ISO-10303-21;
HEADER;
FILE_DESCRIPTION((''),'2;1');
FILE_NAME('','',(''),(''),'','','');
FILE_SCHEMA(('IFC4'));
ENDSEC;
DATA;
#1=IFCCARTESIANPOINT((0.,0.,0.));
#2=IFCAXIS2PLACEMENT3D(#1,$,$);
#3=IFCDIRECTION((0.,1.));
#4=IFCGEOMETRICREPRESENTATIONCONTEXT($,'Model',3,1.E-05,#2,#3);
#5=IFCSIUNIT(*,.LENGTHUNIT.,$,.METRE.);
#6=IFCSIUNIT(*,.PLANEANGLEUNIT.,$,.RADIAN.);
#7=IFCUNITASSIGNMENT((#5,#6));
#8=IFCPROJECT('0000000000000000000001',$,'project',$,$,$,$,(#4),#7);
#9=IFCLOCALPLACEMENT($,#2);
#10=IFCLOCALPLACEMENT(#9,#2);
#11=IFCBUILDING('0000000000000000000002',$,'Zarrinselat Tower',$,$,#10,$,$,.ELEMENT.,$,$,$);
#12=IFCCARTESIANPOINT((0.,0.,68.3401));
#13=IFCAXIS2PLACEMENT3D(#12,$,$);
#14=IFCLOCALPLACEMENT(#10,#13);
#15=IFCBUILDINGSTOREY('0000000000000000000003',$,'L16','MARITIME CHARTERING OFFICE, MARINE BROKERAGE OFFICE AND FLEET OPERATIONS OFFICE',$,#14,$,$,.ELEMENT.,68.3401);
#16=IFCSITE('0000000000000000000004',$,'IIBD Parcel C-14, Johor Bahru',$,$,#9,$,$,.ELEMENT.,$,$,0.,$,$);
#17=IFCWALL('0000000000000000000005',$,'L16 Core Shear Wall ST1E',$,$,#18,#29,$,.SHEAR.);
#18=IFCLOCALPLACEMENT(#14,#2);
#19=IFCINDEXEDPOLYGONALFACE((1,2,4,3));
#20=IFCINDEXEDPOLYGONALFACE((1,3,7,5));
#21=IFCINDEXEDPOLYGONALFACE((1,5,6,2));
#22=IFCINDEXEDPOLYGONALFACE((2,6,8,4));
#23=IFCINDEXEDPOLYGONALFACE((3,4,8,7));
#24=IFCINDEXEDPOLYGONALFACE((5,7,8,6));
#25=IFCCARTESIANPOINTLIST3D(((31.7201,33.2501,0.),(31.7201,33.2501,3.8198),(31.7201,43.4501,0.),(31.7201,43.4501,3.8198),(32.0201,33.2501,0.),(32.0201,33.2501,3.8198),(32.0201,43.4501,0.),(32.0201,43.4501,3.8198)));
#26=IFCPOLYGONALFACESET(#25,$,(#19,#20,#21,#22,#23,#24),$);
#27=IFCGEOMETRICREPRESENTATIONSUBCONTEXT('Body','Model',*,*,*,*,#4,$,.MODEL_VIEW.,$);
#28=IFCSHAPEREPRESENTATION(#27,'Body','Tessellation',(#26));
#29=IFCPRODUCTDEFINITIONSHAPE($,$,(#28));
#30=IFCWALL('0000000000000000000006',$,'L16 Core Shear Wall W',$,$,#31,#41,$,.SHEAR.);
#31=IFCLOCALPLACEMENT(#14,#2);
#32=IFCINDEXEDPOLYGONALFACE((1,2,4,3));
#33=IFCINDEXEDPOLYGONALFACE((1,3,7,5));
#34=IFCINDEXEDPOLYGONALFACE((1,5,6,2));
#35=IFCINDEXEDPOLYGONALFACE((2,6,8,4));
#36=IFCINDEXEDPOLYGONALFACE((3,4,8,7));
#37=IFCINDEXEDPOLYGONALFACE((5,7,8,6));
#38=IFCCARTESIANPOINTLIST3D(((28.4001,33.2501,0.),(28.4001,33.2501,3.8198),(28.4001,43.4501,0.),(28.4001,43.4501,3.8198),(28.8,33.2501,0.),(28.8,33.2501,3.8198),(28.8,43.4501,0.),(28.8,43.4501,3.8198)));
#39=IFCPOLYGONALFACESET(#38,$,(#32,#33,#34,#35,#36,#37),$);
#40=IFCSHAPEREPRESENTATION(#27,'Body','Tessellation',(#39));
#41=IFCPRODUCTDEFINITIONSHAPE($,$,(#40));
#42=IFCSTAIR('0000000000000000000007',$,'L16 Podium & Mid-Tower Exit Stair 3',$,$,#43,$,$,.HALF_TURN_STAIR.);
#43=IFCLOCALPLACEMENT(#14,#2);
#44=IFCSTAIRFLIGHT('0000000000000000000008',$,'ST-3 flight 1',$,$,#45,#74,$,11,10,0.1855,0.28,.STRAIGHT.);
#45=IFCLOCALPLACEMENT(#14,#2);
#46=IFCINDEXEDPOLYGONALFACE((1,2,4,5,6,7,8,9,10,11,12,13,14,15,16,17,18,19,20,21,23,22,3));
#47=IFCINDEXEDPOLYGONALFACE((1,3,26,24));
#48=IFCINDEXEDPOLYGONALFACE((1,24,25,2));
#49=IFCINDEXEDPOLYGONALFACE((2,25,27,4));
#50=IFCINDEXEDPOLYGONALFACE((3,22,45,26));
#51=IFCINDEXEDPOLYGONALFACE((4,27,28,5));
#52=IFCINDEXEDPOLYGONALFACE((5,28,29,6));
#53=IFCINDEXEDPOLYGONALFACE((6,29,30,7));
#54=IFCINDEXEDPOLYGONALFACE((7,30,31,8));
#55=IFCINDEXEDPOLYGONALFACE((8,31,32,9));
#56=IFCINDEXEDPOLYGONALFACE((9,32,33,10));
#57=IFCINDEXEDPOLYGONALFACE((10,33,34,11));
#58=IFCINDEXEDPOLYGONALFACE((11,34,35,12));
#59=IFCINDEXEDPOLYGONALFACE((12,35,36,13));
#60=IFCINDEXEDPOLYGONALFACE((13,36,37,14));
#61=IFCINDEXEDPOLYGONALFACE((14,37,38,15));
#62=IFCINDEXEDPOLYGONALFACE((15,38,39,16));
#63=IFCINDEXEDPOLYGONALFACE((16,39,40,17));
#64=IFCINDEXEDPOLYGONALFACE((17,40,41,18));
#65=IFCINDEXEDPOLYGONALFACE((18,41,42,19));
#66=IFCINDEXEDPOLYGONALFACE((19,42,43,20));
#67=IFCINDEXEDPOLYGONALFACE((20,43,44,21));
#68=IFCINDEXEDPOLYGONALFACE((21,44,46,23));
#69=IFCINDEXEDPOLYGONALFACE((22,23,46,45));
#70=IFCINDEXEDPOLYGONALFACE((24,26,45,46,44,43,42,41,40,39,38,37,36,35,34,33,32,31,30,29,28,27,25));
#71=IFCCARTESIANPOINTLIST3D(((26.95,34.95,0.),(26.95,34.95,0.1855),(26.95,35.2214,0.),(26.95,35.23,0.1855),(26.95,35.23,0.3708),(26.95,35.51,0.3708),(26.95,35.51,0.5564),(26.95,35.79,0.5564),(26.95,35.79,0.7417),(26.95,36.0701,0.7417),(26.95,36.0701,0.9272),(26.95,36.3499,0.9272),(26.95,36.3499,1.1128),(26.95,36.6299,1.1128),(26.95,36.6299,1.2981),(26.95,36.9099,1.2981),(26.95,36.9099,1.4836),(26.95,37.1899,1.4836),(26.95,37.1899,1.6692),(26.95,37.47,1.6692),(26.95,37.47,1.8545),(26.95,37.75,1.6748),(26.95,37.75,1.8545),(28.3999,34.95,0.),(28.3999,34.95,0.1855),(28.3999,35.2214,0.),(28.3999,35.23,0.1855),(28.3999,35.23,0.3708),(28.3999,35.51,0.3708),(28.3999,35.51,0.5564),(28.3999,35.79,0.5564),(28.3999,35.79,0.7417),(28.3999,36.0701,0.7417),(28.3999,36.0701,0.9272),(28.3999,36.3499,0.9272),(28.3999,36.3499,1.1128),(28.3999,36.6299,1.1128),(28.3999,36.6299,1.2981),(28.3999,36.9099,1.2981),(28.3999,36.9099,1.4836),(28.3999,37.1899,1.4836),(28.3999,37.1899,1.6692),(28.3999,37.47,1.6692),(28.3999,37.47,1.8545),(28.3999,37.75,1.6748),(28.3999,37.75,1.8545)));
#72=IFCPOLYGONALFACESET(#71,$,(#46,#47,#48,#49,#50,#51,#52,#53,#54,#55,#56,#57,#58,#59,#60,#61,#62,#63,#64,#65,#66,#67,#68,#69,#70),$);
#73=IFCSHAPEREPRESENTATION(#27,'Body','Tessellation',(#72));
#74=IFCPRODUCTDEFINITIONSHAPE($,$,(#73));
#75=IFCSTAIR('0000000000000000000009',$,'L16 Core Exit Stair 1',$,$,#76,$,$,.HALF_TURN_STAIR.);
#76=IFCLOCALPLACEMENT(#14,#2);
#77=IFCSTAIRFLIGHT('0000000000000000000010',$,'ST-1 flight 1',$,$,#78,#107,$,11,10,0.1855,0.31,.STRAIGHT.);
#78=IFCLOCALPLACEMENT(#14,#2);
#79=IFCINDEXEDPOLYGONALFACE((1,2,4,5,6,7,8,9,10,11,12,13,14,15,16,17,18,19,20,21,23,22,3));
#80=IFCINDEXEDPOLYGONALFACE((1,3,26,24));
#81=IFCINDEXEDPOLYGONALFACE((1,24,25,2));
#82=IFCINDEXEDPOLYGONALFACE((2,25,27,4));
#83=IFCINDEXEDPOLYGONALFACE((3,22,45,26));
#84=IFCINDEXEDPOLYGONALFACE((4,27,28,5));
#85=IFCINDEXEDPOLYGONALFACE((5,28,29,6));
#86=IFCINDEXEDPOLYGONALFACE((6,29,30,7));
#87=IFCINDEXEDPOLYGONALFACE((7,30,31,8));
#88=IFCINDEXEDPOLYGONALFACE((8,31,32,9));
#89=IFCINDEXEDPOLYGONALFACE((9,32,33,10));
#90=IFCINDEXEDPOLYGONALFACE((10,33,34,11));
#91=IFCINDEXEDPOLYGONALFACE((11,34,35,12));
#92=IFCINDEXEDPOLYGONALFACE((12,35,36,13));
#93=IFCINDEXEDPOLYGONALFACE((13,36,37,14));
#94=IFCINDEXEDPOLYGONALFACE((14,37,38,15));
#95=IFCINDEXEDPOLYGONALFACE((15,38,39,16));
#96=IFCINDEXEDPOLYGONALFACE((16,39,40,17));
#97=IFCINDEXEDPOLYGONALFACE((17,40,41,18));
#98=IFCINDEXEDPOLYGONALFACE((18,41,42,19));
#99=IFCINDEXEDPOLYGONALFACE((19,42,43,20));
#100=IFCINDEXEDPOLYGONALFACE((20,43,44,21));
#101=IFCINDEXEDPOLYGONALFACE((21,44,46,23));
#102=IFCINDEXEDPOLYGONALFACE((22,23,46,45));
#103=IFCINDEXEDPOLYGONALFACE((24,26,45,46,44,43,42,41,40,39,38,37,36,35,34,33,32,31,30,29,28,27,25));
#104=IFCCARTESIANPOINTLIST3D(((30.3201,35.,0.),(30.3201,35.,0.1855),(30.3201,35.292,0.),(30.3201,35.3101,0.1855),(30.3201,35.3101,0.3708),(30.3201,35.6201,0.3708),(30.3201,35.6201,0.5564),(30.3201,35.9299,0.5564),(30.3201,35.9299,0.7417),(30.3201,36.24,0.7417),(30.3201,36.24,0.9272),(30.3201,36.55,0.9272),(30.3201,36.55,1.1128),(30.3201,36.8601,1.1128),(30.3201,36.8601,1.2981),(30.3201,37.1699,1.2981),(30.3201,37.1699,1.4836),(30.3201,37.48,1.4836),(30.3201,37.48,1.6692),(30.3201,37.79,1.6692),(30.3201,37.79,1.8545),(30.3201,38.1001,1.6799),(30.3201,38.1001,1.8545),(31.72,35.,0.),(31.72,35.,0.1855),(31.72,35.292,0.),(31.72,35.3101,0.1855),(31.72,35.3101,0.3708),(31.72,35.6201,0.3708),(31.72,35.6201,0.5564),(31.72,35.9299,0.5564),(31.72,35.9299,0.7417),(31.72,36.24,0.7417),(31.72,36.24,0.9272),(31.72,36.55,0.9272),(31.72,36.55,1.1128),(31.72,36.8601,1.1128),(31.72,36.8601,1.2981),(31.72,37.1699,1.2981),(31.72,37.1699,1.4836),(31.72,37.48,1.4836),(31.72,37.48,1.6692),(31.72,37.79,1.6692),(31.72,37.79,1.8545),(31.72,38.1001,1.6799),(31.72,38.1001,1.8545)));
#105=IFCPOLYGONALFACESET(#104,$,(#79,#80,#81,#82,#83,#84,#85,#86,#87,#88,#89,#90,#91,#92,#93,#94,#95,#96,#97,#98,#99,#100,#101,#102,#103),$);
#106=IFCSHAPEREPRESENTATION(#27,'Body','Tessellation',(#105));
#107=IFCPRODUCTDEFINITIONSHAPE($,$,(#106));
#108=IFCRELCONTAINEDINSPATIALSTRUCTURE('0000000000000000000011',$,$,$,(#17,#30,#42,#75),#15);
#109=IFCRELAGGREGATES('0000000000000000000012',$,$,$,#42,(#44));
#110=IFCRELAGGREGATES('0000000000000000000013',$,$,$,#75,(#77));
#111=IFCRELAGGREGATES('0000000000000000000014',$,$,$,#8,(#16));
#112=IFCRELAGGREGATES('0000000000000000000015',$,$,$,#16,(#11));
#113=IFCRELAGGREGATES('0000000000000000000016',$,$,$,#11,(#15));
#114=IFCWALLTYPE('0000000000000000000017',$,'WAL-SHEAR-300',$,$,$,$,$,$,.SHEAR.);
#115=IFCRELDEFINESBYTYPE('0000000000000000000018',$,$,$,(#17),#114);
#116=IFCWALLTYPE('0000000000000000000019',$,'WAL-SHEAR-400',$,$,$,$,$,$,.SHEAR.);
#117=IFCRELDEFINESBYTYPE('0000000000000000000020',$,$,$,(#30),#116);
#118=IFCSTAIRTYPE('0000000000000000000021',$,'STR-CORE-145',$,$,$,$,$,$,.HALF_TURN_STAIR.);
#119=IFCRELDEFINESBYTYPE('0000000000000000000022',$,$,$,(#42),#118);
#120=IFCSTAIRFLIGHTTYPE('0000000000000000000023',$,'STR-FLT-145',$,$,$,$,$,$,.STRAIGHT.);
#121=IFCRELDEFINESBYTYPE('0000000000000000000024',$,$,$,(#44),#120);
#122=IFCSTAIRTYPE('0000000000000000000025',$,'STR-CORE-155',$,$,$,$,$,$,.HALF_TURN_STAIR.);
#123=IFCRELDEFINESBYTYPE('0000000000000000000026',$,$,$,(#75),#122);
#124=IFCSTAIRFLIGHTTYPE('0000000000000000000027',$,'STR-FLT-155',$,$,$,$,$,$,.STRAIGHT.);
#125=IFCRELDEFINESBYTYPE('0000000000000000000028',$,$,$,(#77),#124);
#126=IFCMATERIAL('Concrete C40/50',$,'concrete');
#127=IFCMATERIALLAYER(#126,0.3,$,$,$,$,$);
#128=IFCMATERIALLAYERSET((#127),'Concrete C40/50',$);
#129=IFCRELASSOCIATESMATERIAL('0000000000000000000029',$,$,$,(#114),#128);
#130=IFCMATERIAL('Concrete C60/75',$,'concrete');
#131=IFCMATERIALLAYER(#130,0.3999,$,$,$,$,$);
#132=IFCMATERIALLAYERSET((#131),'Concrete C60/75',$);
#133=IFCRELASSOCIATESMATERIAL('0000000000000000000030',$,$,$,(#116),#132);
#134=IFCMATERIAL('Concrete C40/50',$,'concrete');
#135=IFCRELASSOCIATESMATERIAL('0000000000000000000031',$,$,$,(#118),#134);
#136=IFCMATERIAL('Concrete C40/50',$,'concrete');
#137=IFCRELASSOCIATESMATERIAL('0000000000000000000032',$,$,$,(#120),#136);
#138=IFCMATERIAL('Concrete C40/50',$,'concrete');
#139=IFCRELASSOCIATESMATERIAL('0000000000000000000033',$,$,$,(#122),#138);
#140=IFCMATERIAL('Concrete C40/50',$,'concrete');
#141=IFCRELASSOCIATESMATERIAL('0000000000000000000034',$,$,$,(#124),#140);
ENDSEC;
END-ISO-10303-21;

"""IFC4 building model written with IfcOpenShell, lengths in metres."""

from ifc_helpers import new_model, si_unit, direction, frame, frame_2d, origin, place, context, subcontext, project, spatial, polyline, rectangle, outline, extrude, material, layer, layer_set, type_object, element, aggregate, save


model = new_model("IFC4")

# Units and contexts
model_context = context("Model", 3, precision=1e-05, world=origin(), true_north=direction((0.0, 1.0)))
body_context = subcontext(model_context, "Body", "Model", "MODEL_VIEW")
ifc_project = project(units=[si_unit("LENGTHUNIT", "METRE"), si_unit("PLANEANGLEUNIT", "RADIAN")], contexts=[model_context])

# Site, building, storey
site_placement = place(None, origin())
site = spatial("IfcSite", under=ifc_project, at=site_placement, Name="IIBD Parcel C-14, Johor Bahru", CompositionType="ELEMENT", RefElevation=0.0)
building_placement = place(site_placement, origin())
building = spatial("IfcBuilding", under=site, at=building_placement, Name="Zarrinselat Tower", CompositionType="ELEMENT")
storey_placement = place(building_placement, frame((0.0, 0.0, 68.3401)))
storey = spatial("IfcBuildingStorey", under=building, at=storey_placement, Name="L16", Description="MARITIME CHARTERING OFFICE, MARINE BROKERAGE OFFICE AND FLEET OPERATIONS OFFICE", CompositionType="ELEMENT", Elevation=68.3401)

# Wall
ifc_material_1 = material(Name="Concrete C40/50", Category="concrete")
ifc_layer_1 = layer(ifc_material_1, 0.3)
ifc_layer_set_1 = layer_set([ifc_layer_1], Name="Concrete C40/50")
wall_type_1 = type_object("IfcWallType", Name="WAL-SHEAR-300", PredefinedType="SHEAR", material=ifc_layer_set_1)
wall_1_placement = place(storey_placement, frame((31.8701, 33.25, 0.0), z_axis=(0.0, 0.0, 1.0), x_axis=(0.0, 1.0, 0.0)))
element("IfcWall", 1, at=wall_1_placement, inside=storey, type_object=wall_type_1, Name="L16 Core Shear Wall ST1E", PredefinedType="SHEAR", context=body_context, shape_type="SweptSolid", body=[
    extrude(rectangle(XDim=10.2, YDim=0.3, at=frame_2d((5.1001, 0.0))), origin(), (0.0, 0.0, 1.0), 3.8198),
])

# Shared definitions
ifc_material_2 = material(Name="Concrete C60/75", Category="concrete")
ifc_layer_2 = layer(ifc_material_2, 0.3999)
ifc_layer_set_2 = layer_set([ifc_layer_2], Name="Concrete C60/75")
wall_type_2 = type_object("IfcWallType", Name="WAL-SHEAR-400", PredefinedType="SHEAR", material=ifc_layer_set_2)

# Wall
wall_2_placement = place(storey_placement, frame((28.6001, 33.25, 0.0), z_axis=(0.0, 0.0, 1.0), x_axis=(0.0, 1.0, 0.0)))
element("IfcWall", 2, at=wall_2_placement, inside=storey, type_object=wall_type_2, Name="L16 Core Shear Wall W", PredefinedType="SHEAR", context=body_context, shape_type="SweptSolid", body=[
    extrude(rectangle(XDim=10.2, YDim=0.3999, at=frame_2d((5.1001, 0.0))), origin(), (0.0, 0.0, 1.0), 3.8198),
])

# Stairs, stair flights
ifc_material_3 = material(Name="Concrete C40/50", Category="concrete")
stair_type_1 = type_object("IfcStairType", Name="STR-CORE-145", PredefinedType="HALF_TURN_STAIR", material=ifc_material_3)
stair_1_placement = place(storey_placement, origin())
stair_1 = element("IfcStair", 3, at=stair_1_placement, inside=storey, type_object=stair_type_1, Name="L16 Podium & Mid-Tower Exit Stair 3", PredefinedType="HALF_TURN_STAIR")
ifc_material_4 = material(Name="Concrete C40/50", Category="concrete")
stair_flight_type_1 = type_object("IfcStairFlightType", Name="STR-FLT-145", PredefinedType="STRAIGHT", material=ifc_material_4)
stair_flight_1_placement = place(storey_placement, frame((27.675, 34.95, 0.0), z_axis=(0.0, 0.0, 1.0), x_axis=(0.0, 1.0, 0.0)))
stair_flight_1 = element("IfcStairFlight", 4, at=stair_flight_1_placement, type_object=stair_flight_type_1, Name="ST-3 flight 1", NumberOfRisers=11, NumberOfTreads=10, PredefinedType="STRAIGHT", RiserHeight=0.1855, TreadLength=0.28, context=body_context, shape_type="SweptSolid", body=[
    extrude(outline(polyline([(0.0, 0.0), (0.0, 0.1855), (0.28, 0.1855), (0.28, 0.3708), (0.5601, 0.3708), (0.5601, 0.5564), (0.8401, 0.5564), (0.8401, 0.7417), (1.1201, 0.7417), (1.1201, 0.9272), (1.3999, 0.9272), (1.3999, 1.1128), (1.6799, 1.1128), (1.6799, 1.2981), (1.96, 1.2981), (1.96, 1.4836), (2.24, 1.4836), (2.24, 1.6692), (2.52, 1.6692), (2.52, 1.8545), (2.8, 1.8545), (2.8, 2.04), (2.8, 1.6748), (0.2715, 0.0), (0.0, 0.0)])), frame((0.0, 0.7251, 0.0), z_axis=(0.0, -1.0, 0.0), x_axis=(1.0, 0.0, 0.0)), (0.0, 0.0, 1.0), 1.45),
])
aggregate(stair_1, [stair_flight_1])
ifc_material_5 = material(Name="Concrete C40/50", Category="concrete")
stair_type_2 = type_object("IfcStairType", Name="STR-CORE-155", PredefinedType="HALF_TURN_STAIR", material=ifc_material_5)
stair_2_placement = place(storey_placement, origin())
stair_2 = element("IfcStair", 5, at=stair_2_placement, inside=storey, type_object=stair_type_2, Name="L16 Core Exit Stair 1", PredefinedType="HALF_TURN_STAIR")
ifc_material_6 = material(Name="Concrete C40/50", Category="concrete")
stair_flight_type_2 = type_object("IfcStairFlightType", Name="STR-FLT-155", PredefinedType="STRAIGHT", material=ifc_material_6)
stair_flight_2_placement = place(storey_placement, frame((31.02, 35.0, 0.0), z_axis=(0.0, 0.0, 1.0), x_axis=(0.0, 1.0, 0.0)))
stair_flight_2 = element("IfcStairFlight", 6, at=stair_flight_2_placement, type_object=stair_flight_type_2, Name="ST-1 flight 1", NumberOfRisers=11, NumberOfTreads=10, PredefinedType="STRAIGHT", RiserHeight=0.1855, TreadLength=0.31, context=body_context, shape_type="SweptSolid", body=[
    extrude(outline(polyline([(0.0, 0.0), (0.0, 0.1855), (0.3101, 0.1855), (0.3101, 0.3708), (0.6201, 0.3708), (0.6201, 0.5564), (0.9299, 0.5564), (0.9299, 0.7417), (1.24, 0.7417), (1.24, 0.9272), (1.55, 0.9272), (1.55, 1.1128), (1.8601, 1.1128), (1.8601, 1.2981), (2.1699, 1.2981), (2.1699, 1.4836), (2.48, 1.4836), (2.48, 1.6692), (2.79, 1.6692), (2.79, 1.8545), (3.1001, 1.8545), (3.1001, 2.04), (3.1001, 1.6799), (0.292, 0.0), (0.0, 0.0)])), frame((0.0, 0.7, 0.0), z_axis=(0.0, -1.0, 0.0), x_axis=(1.0, 0.0, 0.0)), (0.0, 0.0, 1.0), 1.3999),
])
aggregate(stair_2, [stair_flight_2])

save(model, "model.ifc")
